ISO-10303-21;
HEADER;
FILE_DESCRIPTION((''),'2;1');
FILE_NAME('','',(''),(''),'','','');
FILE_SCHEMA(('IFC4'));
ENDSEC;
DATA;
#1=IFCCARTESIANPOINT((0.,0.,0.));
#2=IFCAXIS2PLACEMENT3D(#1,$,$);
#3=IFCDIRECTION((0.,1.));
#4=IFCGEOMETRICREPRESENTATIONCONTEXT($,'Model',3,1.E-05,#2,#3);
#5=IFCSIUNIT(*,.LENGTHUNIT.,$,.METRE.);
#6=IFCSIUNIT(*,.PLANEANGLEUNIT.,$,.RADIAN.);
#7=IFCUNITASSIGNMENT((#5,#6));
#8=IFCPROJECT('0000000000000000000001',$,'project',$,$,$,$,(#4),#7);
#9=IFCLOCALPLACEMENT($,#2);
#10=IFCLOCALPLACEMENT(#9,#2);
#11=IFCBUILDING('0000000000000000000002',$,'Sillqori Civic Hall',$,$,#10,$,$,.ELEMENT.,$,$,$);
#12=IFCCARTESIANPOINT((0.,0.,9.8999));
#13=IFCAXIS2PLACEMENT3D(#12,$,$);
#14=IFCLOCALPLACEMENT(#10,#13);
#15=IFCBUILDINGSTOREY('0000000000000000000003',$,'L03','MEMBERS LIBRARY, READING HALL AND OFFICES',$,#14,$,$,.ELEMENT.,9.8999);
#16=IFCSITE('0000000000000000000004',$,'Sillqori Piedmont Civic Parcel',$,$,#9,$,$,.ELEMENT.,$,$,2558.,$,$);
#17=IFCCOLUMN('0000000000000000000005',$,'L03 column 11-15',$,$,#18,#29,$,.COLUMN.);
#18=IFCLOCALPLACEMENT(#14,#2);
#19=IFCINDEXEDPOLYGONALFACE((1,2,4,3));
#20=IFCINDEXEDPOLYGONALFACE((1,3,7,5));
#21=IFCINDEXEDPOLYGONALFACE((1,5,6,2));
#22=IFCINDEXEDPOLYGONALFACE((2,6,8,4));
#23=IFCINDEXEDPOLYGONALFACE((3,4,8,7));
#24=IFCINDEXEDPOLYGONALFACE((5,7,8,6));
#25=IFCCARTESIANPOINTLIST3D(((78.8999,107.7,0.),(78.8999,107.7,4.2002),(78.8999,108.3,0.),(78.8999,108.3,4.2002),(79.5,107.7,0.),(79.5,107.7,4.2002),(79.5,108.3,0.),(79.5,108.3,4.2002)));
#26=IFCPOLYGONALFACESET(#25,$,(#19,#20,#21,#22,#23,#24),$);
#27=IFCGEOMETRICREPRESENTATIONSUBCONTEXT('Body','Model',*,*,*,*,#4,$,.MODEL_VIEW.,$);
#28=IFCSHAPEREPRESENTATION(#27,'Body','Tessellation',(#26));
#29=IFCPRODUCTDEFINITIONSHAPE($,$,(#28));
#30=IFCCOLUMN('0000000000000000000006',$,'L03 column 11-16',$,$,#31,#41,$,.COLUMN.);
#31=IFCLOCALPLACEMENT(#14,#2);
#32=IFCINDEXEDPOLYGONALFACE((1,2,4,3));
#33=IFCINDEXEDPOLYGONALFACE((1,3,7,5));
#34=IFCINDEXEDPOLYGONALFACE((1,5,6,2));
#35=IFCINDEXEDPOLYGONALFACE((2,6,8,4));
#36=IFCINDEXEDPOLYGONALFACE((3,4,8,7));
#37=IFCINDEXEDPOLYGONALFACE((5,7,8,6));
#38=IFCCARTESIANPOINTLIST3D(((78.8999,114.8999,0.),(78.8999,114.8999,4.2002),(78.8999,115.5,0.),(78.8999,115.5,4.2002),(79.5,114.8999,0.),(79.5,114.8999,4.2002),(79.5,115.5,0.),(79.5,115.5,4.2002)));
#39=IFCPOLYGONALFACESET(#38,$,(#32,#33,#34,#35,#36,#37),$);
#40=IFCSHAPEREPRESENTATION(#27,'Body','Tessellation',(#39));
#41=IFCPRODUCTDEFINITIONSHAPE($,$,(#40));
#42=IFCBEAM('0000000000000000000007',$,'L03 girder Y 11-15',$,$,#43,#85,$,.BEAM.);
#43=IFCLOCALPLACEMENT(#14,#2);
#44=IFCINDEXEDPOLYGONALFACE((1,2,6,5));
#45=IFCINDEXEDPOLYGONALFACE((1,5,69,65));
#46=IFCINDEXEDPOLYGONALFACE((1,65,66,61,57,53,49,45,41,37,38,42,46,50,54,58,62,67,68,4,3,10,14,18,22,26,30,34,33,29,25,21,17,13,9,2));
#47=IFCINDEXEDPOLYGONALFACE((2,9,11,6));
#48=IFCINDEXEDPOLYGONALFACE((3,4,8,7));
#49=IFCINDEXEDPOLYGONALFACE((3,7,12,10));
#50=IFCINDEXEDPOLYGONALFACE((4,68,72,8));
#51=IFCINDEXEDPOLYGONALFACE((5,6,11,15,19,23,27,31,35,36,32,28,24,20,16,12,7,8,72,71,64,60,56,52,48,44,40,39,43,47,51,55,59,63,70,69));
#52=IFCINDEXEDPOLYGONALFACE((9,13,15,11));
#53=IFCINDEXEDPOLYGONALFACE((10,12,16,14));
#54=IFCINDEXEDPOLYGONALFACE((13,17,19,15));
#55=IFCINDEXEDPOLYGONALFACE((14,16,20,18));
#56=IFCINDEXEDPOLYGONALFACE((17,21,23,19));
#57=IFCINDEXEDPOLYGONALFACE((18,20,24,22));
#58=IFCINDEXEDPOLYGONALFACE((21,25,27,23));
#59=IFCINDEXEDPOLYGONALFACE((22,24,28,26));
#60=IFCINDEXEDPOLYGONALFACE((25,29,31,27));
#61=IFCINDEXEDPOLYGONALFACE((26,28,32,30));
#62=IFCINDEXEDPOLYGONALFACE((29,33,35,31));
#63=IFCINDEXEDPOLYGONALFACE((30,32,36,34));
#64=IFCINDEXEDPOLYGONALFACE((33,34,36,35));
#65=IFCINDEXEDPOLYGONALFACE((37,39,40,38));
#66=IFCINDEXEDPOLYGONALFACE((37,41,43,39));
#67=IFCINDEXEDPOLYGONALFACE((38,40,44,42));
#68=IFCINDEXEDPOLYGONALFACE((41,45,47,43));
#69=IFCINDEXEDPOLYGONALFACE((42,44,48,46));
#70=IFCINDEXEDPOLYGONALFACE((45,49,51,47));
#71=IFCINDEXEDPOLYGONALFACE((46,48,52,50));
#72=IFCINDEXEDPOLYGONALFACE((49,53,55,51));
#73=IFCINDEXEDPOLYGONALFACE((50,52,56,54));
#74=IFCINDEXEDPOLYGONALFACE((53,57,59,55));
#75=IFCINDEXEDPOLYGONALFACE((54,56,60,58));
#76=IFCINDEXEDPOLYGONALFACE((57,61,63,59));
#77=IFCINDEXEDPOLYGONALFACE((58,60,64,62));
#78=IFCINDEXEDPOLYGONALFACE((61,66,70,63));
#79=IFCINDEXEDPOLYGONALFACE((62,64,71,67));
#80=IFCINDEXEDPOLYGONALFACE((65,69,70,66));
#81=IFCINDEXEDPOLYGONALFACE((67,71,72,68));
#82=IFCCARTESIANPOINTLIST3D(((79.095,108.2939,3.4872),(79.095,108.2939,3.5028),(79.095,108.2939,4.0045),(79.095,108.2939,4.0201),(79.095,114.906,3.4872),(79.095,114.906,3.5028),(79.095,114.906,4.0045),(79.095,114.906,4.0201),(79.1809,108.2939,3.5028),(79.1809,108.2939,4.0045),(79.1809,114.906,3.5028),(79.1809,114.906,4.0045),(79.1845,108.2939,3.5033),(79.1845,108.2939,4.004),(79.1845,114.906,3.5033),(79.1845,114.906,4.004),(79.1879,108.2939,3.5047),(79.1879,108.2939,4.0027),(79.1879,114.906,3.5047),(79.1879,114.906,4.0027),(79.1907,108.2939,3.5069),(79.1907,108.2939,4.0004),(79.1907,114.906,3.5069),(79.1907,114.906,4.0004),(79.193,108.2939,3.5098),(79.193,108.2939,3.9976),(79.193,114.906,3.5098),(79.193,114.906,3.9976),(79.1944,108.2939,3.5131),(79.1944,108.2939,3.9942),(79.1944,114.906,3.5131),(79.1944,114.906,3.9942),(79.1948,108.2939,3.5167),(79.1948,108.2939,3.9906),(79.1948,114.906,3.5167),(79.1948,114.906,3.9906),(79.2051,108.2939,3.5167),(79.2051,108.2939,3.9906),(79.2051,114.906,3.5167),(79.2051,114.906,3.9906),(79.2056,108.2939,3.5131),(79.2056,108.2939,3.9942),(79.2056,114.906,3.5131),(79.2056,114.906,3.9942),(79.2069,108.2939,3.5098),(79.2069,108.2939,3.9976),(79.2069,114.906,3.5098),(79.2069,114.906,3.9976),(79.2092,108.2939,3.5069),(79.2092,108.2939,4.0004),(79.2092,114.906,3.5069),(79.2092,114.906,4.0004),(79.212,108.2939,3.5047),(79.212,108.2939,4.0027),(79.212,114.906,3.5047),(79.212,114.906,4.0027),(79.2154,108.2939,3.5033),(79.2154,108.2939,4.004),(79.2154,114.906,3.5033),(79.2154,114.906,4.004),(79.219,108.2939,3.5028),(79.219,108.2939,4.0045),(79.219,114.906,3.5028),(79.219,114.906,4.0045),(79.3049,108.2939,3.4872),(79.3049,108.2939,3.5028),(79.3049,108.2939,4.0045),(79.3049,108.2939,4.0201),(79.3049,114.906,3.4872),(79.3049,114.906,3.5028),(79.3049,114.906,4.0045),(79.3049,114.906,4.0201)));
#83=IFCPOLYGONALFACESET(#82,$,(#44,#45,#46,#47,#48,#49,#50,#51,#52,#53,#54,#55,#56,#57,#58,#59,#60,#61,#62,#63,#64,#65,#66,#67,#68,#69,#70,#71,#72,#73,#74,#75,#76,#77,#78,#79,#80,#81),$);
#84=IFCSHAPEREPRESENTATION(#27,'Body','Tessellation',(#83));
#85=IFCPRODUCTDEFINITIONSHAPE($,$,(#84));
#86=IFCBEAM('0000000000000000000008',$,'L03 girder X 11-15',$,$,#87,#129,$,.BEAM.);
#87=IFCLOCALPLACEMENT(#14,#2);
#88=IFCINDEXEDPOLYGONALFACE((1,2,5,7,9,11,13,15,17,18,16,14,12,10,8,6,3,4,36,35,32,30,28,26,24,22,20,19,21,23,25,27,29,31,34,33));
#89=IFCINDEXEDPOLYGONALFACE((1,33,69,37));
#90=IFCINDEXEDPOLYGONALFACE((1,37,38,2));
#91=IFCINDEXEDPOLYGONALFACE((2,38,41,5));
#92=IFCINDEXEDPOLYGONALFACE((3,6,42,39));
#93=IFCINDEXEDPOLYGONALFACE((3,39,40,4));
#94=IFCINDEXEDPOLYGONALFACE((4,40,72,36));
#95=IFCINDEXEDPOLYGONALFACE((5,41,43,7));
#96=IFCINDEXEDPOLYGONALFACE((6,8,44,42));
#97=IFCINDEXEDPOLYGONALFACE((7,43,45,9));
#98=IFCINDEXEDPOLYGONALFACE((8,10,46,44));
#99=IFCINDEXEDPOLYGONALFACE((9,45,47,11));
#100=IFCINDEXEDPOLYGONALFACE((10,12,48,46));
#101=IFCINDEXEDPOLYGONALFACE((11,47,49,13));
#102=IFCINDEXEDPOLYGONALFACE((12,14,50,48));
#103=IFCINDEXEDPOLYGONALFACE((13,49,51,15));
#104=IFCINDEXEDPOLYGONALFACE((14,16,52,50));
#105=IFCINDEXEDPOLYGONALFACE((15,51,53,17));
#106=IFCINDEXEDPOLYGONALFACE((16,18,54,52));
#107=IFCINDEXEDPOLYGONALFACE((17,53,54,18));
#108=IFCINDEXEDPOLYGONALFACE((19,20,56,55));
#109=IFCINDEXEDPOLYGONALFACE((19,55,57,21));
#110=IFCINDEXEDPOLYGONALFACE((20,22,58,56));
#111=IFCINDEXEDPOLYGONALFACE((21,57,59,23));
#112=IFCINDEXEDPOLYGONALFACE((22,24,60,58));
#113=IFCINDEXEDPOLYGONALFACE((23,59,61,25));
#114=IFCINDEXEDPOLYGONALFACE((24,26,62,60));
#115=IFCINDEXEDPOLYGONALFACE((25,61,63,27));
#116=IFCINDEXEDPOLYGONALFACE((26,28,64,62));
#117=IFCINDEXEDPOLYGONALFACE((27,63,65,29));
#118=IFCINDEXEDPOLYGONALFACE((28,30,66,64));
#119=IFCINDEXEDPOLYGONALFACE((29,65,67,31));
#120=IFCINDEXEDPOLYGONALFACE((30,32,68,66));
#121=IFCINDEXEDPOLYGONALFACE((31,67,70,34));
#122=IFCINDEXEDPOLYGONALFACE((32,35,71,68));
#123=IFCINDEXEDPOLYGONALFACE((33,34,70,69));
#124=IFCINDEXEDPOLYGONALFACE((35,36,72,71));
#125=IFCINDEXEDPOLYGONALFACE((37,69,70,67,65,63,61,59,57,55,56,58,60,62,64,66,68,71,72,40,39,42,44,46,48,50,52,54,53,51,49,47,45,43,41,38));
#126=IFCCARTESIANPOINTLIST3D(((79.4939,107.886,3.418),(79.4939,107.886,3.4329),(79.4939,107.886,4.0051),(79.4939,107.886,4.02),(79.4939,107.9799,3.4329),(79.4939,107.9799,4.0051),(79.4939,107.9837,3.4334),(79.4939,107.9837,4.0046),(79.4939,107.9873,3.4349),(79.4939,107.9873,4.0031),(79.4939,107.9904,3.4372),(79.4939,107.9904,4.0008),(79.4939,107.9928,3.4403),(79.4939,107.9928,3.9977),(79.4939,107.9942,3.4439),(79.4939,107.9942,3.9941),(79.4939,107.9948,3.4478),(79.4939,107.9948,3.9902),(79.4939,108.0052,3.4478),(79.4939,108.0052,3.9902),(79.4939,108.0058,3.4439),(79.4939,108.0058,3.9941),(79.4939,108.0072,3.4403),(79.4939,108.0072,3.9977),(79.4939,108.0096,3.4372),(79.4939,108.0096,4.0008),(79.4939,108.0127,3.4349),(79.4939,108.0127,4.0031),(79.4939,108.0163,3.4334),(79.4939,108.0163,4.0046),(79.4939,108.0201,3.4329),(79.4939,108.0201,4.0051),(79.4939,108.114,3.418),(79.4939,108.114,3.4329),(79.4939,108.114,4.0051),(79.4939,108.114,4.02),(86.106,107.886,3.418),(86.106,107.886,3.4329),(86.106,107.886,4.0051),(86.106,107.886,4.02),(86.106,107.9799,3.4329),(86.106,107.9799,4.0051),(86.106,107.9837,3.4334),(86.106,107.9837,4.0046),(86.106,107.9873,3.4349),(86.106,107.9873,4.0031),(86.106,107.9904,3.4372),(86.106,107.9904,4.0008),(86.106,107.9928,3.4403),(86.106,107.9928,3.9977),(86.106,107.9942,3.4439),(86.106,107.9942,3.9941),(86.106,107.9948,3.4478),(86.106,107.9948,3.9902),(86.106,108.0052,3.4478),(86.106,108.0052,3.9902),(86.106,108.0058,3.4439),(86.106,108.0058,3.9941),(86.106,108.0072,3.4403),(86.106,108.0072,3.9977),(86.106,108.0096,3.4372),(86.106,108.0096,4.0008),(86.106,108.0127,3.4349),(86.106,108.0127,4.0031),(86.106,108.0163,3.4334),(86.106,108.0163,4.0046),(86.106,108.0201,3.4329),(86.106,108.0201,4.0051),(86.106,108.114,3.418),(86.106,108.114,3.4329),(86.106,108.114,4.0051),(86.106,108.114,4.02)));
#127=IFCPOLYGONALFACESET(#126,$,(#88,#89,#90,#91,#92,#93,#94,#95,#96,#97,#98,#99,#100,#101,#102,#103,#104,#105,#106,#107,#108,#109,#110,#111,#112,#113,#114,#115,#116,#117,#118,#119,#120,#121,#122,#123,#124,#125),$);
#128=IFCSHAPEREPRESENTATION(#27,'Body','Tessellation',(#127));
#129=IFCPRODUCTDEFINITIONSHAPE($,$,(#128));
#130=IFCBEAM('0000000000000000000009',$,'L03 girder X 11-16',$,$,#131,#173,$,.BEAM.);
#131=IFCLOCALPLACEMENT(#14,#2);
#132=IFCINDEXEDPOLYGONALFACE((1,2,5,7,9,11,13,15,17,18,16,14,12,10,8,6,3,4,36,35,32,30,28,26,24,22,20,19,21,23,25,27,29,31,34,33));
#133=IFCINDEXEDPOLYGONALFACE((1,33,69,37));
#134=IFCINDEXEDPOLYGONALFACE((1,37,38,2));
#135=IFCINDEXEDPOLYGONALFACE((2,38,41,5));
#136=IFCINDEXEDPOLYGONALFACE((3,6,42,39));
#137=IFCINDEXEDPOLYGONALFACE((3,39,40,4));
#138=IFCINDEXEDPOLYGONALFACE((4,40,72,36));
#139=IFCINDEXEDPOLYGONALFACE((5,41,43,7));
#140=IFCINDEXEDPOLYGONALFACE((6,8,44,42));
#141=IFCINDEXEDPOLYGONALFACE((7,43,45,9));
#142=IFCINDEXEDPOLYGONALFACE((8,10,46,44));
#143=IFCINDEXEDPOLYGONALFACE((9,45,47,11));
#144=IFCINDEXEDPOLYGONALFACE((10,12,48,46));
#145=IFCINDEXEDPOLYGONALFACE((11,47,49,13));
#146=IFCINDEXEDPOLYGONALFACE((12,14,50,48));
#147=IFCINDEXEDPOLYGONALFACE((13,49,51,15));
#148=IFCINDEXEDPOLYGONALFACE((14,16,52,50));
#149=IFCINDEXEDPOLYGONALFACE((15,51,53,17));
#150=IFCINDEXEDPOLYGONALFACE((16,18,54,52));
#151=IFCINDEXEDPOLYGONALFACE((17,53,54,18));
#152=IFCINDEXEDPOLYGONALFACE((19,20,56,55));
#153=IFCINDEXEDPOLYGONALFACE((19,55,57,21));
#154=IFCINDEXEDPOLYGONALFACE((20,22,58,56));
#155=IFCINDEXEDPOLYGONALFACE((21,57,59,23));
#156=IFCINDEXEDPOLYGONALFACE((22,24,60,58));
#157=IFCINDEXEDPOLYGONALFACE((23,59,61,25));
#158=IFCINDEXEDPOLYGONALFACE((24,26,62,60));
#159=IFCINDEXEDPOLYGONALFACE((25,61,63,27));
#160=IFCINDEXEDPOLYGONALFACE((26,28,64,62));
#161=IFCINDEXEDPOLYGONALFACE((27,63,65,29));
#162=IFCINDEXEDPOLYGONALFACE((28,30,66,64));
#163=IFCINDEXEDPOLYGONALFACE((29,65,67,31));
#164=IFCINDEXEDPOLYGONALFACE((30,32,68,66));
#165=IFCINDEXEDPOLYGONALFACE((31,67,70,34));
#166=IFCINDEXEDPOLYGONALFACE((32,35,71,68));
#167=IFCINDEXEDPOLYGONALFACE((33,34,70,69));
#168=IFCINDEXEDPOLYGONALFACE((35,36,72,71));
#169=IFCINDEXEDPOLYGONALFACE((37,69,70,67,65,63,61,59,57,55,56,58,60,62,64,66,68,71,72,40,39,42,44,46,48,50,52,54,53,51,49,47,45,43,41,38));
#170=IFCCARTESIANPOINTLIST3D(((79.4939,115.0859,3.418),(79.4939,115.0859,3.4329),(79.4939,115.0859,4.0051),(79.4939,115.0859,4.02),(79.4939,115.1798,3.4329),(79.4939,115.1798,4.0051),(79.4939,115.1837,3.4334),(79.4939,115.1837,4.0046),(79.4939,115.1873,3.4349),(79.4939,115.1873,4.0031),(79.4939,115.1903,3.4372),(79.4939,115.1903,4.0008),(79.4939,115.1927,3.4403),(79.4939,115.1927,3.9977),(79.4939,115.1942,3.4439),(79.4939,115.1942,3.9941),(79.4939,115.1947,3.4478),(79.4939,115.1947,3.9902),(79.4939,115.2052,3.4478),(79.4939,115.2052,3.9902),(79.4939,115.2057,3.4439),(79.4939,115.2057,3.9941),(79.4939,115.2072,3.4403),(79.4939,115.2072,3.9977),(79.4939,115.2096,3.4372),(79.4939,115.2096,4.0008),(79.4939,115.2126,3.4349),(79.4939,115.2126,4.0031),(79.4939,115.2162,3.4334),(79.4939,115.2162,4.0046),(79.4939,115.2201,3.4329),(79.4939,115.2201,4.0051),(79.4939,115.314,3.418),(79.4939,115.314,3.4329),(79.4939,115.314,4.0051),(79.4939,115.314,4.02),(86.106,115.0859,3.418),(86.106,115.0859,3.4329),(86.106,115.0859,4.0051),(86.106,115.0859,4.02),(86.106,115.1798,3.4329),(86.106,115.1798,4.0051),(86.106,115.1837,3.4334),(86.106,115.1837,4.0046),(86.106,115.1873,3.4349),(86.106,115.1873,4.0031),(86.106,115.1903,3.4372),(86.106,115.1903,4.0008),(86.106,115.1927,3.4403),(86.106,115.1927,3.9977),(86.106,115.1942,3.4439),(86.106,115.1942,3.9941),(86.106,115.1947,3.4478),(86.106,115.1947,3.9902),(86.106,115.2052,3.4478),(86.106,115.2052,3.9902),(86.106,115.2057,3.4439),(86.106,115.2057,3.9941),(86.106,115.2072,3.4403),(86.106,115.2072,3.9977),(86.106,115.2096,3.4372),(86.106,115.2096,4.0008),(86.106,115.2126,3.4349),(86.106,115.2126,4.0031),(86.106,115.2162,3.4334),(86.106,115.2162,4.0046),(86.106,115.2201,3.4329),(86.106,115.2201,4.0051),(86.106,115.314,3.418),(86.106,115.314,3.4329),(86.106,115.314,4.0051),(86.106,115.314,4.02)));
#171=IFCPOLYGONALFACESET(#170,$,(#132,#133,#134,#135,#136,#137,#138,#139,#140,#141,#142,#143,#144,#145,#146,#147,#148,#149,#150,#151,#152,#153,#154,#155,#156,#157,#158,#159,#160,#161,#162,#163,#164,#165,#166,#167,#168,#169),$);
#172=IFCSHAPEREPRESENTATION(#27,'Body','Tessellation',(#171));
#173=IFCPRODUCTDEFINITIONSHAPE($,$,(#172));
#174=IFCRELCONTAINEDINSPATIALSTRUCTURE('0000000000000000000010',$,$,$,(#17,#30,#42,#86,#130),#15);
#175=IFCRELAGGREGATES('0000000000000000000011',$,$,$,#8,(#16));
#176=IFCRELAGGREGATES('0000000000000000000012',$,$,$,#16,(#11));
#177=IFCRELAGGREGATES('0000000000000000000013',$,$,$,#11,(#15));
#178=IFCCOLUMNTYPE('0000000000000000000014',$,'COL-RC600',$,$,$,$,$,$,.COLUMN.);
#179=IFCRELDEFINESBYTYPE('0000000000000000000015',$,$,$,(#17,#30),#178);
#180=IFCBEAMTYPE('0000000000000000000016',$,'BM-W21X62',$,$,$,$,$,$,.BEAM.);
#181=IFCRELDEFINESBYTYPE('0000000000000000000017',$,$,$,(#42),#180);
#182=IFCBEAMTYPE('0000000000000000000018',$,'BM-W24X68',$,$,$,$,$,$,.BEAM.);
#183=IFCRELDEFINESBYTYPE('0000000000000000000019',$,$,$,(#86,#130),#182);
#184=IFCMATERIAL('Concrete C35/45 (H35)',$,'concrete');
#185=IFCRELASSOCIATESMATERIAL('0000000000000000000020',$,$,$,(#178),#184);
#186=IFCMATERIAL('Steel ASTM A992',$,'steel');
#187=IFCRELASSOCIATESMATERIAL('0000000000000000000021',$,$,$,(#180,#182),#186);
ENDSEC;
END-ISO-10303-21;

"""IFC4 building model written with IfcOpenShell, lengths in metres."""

from ifc_helpers import new_model, si_unit, direction, frame, origin, origin_2d, place, context, subcontext, project, spatial, rectangle, i_section, extrude, material, material_profile, profile_set, type_object, element, save


model = new_model("IFC4")

# Units and contexts
model_context = context("Model", 3, precision=1e-05, world=origin(), true_north=direction((0.0, 1.0)))
body_context = subcontext(model_context, "Body", "Model", "MODEL_VIEW")
ifc_project = project(units=[si_unit("LENGTHUNIT", "METRE"), si_unit("PLANEANGLEUNIT", "RADIAN")], contexts=[model_context])

# Site, building, storey
site_placement = place(None, origin())
site = spatial("IfcSite", under=ifc_project, at=site_placement, Name="Sillqori Piedmont Civic Parcel", CompositionType="ELEMENT", RefElevation=2558.0)
building_placement = place(site_placement, origin())
building = spatial("IfcBuilding", under=site, at=building_placement, Name="Sillqori Civic Hall", CompositionType="ELEMENT")
storey_placement = place(building_placement, frame((0.0, 0.0, 9.8999)))
storey = spatial("IfcBuildingStorey", under=building, at=storey_placement, Name="L03", Description="MEMBERS LIBRARY, READING HALL AND OFFICES", CompositionType="ELEMENT", Elevation=9.8999)

# Columns
ifc_material_1 = material(Name="Concrete C35/45 (H35)", Category="concrete")
ifc_material_profile_1 = material_profile(ifc_material_1, rectangle(XDim=0.6001, YDim=0.6001, at=origin_2d()), Name="RC 600x600")
ifc_profile_set_1 = profile_set([ifc_material_profile_1], Name="Concrete C35/45 (H35)")
column_type = type_object("IfcColumnType", Name="COL-RC600", PredefinedType="COLUMN", material=ifc_profile_set_1)
for number, where, z_axis, x_axis, name in (
    (1, (79.2, 108.0, 0.0), (0.0, 0.0, 1.0), (1.0, 0.0, 0.0), "L03 column 11-15"),
    (2, (79.2, 115.2, 0.0), (0.0, 0.0, 1.0), (1.0, 0.0, 0.0), "L03 column 11-16"),
):
    element("IfcColumn", number, at=place(storey_placement, frame(where, z_axis=z_axis, x_axis=x_axis)), inside=storey, type_object=column_type, Name=name, PredefinedType="COLUMN", context=body_context, shape_type="SweptSolid", body=[
        extrude(rectangle(XDim=0.6001, YDim=0.6001, at=origin_2d()), origin(), (0.0, 0.0, 1.0), 4.2002),
    ])

# Beams
ifc_material_2 = material(Name="Steel ASTM A992", Category="steel")
ifc_material_profile_2 = material_profile(ifc_material_2, i_section(OverallWidth=0.21, OverallDepth=0.533, WebThickness=0.0103, FlangeThickness=0.0156, FilletRadius=0.0139, at=origin_2d()), Name="W21X62")
ifc_profile_set_2 = profile_set([ifc_material_profile_2], Name="Steel ASTM A992")
beam_type_1 = type_object("IfcBeamType", Name="BM-W21X62", PredefinedType="BEAM", material=ifc_profile_set_2)
beam_placement = place(storey_placement, frame((79.2, 108.2939, 3.7537), z_axis=(0.0, 1.0, 0.0), x_axis=(-1.0, 0.0, 0.0)))
element("IfcBeam", 3, at=beam_placement, inside=storey, type_object=beam_type_1, Name="L03 girder Y 11-15", PredefinedType="BEAM", context=body_context, shape_type="SweptSolid", body=[
    extrude(i_section(OverallWidth=0.21, OverallDepth=0.533, WebThickness=0.0103, FlangeThickness=0.0156, FilletRadius=0.0139, at=origin_2d()), origin(), (0.0, 0.0, 1.0), 6.6121),
])
ifc_material_profile_3 = material_profile(ifc_material_2, i_section(OverallWidth=0.228, OverallDepth=0.6021, WebThickness=0.0105, FlangeThickness=0.0149, FilletRadius=0.0149, at=origin_2d()), Name="W24X68")
ifc_profile_set_3 = profile_set([ifc_material_profile_3], Name="Steel ASTM A992")
beam_type_2 = type_object("IfcBeamType", Name="BM-W24X68", PredefinedType="BEAM", material=ifc_profile_set_3)
for number, where, z_axis, x_axis, name in (
    (4, (79.4939, 108.0, 3.719), (1.0, 0.0, 0.0), (0.0, 1.0, 0.0), "L03 girder X 11-15"),
    (5, (79.4939, 115.2, 3.719), (1.0, 0.0, 0.0), (0.0, 1.0, 0.0), "L03 girder X 11-16"),
):
    element("IfcBeam", number, at=place(storey_placement, frame(where, z_axis=z_axis, x_axis=x_axis)), inside=storey, type_object=beam_type_2, Name=name, PredefinedType="BEAM", context=body_context, shape_type="SweptSolid", body=[
        extrude(i_section(OverallWidth=0.228, OverallDepth=0.6021, WebThickness=0.0105, FlangeThickness=0.0149, FilletRadius=0.0149, at=origin_2d()), origin(), (0.0, 0.0, 1.0), 6.6121),
    ])

save(model, "model.ifc")
